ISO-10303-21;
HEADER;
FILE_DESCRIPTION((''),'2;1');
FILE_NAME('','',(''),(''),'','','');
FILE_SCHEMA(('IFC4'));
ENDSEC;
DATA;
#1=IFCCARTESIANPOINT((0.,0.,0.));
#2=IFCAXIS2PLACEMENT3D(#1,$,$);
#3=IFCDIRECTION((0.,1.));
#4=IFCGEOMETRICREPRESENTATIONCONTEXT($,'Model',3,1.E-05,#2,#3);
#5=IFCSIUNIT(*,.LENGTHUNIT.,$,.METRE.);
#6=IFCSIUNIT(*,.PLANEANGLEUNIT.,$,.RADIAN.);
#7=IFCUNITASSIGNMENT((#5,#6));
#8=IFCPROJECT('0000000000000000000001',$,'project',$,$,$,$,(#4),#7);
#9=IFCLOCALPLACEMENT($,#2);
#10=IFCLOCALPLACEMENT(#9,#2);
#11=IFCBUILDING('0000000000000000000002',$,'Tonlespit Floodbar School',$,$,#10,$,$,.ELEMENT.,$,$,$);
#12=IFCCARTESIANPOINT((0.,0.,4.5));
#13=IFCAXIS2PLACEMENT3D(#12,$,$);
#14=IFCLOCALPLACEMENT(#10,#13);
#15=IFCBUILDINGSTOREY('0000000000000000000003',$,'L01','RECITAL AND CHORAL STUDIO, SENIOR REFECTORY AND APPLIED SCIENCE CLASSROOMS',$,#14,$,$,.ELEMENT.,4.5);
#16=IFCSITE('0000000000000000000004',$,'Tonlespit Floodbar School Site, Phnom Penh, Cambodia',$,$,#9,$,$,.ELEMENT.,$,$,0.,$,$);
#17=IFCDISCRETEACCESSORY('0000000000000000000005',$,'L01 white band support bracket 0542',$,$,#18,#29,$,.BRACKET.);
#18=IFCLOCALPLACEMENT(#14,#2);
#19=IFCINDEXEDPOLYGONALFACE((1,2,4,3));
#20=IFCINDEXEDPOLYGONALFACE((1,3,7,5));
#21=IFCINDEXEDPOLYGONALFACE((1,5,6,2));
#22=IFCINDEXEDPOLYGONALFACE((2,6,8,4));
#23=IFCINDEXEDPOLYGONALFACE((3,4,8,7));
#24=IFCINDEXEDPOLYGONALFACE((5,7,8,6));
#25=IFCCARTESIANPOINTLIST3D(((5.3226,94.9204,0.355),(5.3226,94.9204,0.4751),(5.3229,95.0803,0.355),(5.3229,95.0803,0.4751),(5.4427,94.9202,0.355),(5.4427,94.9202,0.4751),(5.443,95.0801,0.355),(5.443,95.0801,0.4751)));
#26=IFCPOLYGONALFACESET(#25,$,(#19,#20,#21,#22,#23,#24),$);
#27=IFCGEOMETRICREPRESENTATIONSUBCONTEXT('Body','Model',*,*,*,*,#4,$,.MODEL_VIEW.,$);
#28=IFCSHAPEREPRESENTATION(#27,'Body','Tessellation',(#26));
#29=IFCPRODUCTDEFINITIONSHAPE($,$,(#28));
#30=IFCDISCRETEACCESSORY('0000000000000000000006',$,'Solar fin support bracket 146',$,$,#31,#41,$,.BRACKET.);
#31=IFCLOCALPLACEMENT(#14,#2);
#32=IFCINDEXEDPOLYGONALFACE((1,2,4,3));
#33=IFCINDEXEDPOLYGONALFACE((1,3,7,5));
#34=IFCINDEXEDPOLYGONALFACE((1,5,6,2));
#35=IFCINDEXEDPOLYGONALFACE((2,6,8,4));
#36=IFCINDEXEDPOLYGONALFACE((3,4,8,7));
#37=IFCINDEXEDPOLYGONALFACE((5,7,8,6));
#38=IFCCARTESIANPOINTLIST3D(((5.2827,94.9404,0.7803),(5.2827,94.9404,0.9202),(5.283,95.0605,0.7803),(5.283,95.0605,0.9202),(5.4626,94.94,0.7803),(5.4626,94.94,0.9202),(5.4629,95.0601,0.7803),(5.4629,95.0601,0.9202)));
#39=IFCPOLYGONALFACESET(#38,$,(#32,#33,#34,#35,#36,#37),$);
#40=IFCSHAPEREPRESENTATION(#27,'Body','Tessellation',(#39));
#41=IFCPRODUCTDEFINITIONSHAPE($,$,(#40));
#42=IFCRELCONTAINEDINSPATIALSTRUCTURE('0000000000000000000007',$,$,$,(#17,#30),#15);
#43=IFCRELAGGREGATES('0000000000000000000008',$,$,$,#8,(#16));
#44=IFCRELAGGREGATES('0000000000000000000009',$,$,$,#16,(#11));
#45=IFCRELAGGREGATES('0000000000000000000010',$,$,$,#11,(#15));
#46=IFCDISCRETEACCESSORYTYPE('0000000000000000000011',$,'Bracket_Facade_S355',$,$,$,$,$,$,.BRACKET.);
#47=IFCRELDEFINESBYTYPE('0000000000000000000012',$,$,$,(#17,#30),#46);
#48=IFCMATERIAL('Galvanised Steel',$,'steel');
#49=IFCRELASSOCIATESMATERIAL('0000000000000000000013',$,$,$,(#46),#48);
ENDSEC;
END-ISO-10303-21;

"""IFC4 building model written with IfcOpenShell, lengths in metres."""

from ifc_helpers import new_model, si_unit, direction, frame, origin, origin_2d, place, context, subcontext, project, spatial, rectangle, extrude, material, type_object, element, save


model = new_model("IFC4")

# Units and contexts
model_context = context("Model", 3, precision=1e-05, world=origin(), true_north=direction((0.0, 1.0)))
body_context = subcontext(model_context, "Body", "Model", "MODEL_VIEW")
ifc_project = project(units=[si_unit("LENGTHUNIT", "METRE"), si_unit("PLANEANGLEUNIT", "RADIAN")], contexts=[model_context])

# Site, building, storey
site_placement = place(None, origin())
site = spatial("IfcSite", under=ifc_project, at=site_placement, Name="Tonlespit Floodbar School Site, Phnom Penh, Cambodia", CompositionType="ELEMENT", RefElevation=0.0)
building_placement = place(site_placement, origin())
building = spatial("IfcBuilding", under=site, at=building_placement, Name="Tonlespit Floodbar School", CompositionType="ELEMENT")
storey_placement = place(building_placement, frame((0.0, 0.0, 4.5)))
storey = spatial("IfcBuildingStorey", under=building, at=storey_placement, Name="L01", Description="RECITAL AND CHORAL STUDIO, SENIOR REFECTORY AND APPLIED SCIENCE CLASSROOMS", CompositionType="ELEMENT", Elevation=4.5)

# Discrete accessories
ifc_material_1 = material(Name="Galvanised Steel", Category="steel")
discrete_accessory_type = type_object("IfcDiscreteAccessoryType", Name="Bracket_Facade_S355", PredefinedType="BRACKET", material=ifc_material_1)
for number, where, z_axis, x_axis, name in (
    (1, (5.3828, 95.0002, 0.355), (0.0, 0.0, 1.0), (0.002201, 0.999998, 0.0), "L01 white band support bracket 0542"),
):
    element("IfcDiscreteAccessory", number, at=place(storey_placement, frame(where, z_axis=z_axis, x_axis=x_axis)), inside=storey, type_object=discrete_accessory_type, Name=name, PredefinedType="BRACKET", context=body_context, shape_type="SweptSolid", body=[
        extrude(rectangle(XDim=0.1599, YDim=0.1201, at=origin_2d()), origin(), (0.0, 0.0, 1.0), 0.1201),
    ])
discrete_accessory_1_placement = place(storey_placement, frame((5.3728, 95.0002, 0.7803), z_axis=(0.0, 0.0, 1.0), x_axis=(0.002201, 0.999998, 0.0)))
element("IfcDiscreteAccessory", 2, at=discrete_accessory_1_placement, inside=storey, type_object=discrete_accessory_type, Name="Solar fin support bracket 146", PredefinedType="BRACKET", context=body_context, shape_type="SweptSolid", body=[
    extrude(rectangle(XDim=0.1201, YDim=0.1799, at=origin_2d()), origin(), (0.0, 0.0, 1.0), 0.1399),
])

save(model, "model.ifc")
